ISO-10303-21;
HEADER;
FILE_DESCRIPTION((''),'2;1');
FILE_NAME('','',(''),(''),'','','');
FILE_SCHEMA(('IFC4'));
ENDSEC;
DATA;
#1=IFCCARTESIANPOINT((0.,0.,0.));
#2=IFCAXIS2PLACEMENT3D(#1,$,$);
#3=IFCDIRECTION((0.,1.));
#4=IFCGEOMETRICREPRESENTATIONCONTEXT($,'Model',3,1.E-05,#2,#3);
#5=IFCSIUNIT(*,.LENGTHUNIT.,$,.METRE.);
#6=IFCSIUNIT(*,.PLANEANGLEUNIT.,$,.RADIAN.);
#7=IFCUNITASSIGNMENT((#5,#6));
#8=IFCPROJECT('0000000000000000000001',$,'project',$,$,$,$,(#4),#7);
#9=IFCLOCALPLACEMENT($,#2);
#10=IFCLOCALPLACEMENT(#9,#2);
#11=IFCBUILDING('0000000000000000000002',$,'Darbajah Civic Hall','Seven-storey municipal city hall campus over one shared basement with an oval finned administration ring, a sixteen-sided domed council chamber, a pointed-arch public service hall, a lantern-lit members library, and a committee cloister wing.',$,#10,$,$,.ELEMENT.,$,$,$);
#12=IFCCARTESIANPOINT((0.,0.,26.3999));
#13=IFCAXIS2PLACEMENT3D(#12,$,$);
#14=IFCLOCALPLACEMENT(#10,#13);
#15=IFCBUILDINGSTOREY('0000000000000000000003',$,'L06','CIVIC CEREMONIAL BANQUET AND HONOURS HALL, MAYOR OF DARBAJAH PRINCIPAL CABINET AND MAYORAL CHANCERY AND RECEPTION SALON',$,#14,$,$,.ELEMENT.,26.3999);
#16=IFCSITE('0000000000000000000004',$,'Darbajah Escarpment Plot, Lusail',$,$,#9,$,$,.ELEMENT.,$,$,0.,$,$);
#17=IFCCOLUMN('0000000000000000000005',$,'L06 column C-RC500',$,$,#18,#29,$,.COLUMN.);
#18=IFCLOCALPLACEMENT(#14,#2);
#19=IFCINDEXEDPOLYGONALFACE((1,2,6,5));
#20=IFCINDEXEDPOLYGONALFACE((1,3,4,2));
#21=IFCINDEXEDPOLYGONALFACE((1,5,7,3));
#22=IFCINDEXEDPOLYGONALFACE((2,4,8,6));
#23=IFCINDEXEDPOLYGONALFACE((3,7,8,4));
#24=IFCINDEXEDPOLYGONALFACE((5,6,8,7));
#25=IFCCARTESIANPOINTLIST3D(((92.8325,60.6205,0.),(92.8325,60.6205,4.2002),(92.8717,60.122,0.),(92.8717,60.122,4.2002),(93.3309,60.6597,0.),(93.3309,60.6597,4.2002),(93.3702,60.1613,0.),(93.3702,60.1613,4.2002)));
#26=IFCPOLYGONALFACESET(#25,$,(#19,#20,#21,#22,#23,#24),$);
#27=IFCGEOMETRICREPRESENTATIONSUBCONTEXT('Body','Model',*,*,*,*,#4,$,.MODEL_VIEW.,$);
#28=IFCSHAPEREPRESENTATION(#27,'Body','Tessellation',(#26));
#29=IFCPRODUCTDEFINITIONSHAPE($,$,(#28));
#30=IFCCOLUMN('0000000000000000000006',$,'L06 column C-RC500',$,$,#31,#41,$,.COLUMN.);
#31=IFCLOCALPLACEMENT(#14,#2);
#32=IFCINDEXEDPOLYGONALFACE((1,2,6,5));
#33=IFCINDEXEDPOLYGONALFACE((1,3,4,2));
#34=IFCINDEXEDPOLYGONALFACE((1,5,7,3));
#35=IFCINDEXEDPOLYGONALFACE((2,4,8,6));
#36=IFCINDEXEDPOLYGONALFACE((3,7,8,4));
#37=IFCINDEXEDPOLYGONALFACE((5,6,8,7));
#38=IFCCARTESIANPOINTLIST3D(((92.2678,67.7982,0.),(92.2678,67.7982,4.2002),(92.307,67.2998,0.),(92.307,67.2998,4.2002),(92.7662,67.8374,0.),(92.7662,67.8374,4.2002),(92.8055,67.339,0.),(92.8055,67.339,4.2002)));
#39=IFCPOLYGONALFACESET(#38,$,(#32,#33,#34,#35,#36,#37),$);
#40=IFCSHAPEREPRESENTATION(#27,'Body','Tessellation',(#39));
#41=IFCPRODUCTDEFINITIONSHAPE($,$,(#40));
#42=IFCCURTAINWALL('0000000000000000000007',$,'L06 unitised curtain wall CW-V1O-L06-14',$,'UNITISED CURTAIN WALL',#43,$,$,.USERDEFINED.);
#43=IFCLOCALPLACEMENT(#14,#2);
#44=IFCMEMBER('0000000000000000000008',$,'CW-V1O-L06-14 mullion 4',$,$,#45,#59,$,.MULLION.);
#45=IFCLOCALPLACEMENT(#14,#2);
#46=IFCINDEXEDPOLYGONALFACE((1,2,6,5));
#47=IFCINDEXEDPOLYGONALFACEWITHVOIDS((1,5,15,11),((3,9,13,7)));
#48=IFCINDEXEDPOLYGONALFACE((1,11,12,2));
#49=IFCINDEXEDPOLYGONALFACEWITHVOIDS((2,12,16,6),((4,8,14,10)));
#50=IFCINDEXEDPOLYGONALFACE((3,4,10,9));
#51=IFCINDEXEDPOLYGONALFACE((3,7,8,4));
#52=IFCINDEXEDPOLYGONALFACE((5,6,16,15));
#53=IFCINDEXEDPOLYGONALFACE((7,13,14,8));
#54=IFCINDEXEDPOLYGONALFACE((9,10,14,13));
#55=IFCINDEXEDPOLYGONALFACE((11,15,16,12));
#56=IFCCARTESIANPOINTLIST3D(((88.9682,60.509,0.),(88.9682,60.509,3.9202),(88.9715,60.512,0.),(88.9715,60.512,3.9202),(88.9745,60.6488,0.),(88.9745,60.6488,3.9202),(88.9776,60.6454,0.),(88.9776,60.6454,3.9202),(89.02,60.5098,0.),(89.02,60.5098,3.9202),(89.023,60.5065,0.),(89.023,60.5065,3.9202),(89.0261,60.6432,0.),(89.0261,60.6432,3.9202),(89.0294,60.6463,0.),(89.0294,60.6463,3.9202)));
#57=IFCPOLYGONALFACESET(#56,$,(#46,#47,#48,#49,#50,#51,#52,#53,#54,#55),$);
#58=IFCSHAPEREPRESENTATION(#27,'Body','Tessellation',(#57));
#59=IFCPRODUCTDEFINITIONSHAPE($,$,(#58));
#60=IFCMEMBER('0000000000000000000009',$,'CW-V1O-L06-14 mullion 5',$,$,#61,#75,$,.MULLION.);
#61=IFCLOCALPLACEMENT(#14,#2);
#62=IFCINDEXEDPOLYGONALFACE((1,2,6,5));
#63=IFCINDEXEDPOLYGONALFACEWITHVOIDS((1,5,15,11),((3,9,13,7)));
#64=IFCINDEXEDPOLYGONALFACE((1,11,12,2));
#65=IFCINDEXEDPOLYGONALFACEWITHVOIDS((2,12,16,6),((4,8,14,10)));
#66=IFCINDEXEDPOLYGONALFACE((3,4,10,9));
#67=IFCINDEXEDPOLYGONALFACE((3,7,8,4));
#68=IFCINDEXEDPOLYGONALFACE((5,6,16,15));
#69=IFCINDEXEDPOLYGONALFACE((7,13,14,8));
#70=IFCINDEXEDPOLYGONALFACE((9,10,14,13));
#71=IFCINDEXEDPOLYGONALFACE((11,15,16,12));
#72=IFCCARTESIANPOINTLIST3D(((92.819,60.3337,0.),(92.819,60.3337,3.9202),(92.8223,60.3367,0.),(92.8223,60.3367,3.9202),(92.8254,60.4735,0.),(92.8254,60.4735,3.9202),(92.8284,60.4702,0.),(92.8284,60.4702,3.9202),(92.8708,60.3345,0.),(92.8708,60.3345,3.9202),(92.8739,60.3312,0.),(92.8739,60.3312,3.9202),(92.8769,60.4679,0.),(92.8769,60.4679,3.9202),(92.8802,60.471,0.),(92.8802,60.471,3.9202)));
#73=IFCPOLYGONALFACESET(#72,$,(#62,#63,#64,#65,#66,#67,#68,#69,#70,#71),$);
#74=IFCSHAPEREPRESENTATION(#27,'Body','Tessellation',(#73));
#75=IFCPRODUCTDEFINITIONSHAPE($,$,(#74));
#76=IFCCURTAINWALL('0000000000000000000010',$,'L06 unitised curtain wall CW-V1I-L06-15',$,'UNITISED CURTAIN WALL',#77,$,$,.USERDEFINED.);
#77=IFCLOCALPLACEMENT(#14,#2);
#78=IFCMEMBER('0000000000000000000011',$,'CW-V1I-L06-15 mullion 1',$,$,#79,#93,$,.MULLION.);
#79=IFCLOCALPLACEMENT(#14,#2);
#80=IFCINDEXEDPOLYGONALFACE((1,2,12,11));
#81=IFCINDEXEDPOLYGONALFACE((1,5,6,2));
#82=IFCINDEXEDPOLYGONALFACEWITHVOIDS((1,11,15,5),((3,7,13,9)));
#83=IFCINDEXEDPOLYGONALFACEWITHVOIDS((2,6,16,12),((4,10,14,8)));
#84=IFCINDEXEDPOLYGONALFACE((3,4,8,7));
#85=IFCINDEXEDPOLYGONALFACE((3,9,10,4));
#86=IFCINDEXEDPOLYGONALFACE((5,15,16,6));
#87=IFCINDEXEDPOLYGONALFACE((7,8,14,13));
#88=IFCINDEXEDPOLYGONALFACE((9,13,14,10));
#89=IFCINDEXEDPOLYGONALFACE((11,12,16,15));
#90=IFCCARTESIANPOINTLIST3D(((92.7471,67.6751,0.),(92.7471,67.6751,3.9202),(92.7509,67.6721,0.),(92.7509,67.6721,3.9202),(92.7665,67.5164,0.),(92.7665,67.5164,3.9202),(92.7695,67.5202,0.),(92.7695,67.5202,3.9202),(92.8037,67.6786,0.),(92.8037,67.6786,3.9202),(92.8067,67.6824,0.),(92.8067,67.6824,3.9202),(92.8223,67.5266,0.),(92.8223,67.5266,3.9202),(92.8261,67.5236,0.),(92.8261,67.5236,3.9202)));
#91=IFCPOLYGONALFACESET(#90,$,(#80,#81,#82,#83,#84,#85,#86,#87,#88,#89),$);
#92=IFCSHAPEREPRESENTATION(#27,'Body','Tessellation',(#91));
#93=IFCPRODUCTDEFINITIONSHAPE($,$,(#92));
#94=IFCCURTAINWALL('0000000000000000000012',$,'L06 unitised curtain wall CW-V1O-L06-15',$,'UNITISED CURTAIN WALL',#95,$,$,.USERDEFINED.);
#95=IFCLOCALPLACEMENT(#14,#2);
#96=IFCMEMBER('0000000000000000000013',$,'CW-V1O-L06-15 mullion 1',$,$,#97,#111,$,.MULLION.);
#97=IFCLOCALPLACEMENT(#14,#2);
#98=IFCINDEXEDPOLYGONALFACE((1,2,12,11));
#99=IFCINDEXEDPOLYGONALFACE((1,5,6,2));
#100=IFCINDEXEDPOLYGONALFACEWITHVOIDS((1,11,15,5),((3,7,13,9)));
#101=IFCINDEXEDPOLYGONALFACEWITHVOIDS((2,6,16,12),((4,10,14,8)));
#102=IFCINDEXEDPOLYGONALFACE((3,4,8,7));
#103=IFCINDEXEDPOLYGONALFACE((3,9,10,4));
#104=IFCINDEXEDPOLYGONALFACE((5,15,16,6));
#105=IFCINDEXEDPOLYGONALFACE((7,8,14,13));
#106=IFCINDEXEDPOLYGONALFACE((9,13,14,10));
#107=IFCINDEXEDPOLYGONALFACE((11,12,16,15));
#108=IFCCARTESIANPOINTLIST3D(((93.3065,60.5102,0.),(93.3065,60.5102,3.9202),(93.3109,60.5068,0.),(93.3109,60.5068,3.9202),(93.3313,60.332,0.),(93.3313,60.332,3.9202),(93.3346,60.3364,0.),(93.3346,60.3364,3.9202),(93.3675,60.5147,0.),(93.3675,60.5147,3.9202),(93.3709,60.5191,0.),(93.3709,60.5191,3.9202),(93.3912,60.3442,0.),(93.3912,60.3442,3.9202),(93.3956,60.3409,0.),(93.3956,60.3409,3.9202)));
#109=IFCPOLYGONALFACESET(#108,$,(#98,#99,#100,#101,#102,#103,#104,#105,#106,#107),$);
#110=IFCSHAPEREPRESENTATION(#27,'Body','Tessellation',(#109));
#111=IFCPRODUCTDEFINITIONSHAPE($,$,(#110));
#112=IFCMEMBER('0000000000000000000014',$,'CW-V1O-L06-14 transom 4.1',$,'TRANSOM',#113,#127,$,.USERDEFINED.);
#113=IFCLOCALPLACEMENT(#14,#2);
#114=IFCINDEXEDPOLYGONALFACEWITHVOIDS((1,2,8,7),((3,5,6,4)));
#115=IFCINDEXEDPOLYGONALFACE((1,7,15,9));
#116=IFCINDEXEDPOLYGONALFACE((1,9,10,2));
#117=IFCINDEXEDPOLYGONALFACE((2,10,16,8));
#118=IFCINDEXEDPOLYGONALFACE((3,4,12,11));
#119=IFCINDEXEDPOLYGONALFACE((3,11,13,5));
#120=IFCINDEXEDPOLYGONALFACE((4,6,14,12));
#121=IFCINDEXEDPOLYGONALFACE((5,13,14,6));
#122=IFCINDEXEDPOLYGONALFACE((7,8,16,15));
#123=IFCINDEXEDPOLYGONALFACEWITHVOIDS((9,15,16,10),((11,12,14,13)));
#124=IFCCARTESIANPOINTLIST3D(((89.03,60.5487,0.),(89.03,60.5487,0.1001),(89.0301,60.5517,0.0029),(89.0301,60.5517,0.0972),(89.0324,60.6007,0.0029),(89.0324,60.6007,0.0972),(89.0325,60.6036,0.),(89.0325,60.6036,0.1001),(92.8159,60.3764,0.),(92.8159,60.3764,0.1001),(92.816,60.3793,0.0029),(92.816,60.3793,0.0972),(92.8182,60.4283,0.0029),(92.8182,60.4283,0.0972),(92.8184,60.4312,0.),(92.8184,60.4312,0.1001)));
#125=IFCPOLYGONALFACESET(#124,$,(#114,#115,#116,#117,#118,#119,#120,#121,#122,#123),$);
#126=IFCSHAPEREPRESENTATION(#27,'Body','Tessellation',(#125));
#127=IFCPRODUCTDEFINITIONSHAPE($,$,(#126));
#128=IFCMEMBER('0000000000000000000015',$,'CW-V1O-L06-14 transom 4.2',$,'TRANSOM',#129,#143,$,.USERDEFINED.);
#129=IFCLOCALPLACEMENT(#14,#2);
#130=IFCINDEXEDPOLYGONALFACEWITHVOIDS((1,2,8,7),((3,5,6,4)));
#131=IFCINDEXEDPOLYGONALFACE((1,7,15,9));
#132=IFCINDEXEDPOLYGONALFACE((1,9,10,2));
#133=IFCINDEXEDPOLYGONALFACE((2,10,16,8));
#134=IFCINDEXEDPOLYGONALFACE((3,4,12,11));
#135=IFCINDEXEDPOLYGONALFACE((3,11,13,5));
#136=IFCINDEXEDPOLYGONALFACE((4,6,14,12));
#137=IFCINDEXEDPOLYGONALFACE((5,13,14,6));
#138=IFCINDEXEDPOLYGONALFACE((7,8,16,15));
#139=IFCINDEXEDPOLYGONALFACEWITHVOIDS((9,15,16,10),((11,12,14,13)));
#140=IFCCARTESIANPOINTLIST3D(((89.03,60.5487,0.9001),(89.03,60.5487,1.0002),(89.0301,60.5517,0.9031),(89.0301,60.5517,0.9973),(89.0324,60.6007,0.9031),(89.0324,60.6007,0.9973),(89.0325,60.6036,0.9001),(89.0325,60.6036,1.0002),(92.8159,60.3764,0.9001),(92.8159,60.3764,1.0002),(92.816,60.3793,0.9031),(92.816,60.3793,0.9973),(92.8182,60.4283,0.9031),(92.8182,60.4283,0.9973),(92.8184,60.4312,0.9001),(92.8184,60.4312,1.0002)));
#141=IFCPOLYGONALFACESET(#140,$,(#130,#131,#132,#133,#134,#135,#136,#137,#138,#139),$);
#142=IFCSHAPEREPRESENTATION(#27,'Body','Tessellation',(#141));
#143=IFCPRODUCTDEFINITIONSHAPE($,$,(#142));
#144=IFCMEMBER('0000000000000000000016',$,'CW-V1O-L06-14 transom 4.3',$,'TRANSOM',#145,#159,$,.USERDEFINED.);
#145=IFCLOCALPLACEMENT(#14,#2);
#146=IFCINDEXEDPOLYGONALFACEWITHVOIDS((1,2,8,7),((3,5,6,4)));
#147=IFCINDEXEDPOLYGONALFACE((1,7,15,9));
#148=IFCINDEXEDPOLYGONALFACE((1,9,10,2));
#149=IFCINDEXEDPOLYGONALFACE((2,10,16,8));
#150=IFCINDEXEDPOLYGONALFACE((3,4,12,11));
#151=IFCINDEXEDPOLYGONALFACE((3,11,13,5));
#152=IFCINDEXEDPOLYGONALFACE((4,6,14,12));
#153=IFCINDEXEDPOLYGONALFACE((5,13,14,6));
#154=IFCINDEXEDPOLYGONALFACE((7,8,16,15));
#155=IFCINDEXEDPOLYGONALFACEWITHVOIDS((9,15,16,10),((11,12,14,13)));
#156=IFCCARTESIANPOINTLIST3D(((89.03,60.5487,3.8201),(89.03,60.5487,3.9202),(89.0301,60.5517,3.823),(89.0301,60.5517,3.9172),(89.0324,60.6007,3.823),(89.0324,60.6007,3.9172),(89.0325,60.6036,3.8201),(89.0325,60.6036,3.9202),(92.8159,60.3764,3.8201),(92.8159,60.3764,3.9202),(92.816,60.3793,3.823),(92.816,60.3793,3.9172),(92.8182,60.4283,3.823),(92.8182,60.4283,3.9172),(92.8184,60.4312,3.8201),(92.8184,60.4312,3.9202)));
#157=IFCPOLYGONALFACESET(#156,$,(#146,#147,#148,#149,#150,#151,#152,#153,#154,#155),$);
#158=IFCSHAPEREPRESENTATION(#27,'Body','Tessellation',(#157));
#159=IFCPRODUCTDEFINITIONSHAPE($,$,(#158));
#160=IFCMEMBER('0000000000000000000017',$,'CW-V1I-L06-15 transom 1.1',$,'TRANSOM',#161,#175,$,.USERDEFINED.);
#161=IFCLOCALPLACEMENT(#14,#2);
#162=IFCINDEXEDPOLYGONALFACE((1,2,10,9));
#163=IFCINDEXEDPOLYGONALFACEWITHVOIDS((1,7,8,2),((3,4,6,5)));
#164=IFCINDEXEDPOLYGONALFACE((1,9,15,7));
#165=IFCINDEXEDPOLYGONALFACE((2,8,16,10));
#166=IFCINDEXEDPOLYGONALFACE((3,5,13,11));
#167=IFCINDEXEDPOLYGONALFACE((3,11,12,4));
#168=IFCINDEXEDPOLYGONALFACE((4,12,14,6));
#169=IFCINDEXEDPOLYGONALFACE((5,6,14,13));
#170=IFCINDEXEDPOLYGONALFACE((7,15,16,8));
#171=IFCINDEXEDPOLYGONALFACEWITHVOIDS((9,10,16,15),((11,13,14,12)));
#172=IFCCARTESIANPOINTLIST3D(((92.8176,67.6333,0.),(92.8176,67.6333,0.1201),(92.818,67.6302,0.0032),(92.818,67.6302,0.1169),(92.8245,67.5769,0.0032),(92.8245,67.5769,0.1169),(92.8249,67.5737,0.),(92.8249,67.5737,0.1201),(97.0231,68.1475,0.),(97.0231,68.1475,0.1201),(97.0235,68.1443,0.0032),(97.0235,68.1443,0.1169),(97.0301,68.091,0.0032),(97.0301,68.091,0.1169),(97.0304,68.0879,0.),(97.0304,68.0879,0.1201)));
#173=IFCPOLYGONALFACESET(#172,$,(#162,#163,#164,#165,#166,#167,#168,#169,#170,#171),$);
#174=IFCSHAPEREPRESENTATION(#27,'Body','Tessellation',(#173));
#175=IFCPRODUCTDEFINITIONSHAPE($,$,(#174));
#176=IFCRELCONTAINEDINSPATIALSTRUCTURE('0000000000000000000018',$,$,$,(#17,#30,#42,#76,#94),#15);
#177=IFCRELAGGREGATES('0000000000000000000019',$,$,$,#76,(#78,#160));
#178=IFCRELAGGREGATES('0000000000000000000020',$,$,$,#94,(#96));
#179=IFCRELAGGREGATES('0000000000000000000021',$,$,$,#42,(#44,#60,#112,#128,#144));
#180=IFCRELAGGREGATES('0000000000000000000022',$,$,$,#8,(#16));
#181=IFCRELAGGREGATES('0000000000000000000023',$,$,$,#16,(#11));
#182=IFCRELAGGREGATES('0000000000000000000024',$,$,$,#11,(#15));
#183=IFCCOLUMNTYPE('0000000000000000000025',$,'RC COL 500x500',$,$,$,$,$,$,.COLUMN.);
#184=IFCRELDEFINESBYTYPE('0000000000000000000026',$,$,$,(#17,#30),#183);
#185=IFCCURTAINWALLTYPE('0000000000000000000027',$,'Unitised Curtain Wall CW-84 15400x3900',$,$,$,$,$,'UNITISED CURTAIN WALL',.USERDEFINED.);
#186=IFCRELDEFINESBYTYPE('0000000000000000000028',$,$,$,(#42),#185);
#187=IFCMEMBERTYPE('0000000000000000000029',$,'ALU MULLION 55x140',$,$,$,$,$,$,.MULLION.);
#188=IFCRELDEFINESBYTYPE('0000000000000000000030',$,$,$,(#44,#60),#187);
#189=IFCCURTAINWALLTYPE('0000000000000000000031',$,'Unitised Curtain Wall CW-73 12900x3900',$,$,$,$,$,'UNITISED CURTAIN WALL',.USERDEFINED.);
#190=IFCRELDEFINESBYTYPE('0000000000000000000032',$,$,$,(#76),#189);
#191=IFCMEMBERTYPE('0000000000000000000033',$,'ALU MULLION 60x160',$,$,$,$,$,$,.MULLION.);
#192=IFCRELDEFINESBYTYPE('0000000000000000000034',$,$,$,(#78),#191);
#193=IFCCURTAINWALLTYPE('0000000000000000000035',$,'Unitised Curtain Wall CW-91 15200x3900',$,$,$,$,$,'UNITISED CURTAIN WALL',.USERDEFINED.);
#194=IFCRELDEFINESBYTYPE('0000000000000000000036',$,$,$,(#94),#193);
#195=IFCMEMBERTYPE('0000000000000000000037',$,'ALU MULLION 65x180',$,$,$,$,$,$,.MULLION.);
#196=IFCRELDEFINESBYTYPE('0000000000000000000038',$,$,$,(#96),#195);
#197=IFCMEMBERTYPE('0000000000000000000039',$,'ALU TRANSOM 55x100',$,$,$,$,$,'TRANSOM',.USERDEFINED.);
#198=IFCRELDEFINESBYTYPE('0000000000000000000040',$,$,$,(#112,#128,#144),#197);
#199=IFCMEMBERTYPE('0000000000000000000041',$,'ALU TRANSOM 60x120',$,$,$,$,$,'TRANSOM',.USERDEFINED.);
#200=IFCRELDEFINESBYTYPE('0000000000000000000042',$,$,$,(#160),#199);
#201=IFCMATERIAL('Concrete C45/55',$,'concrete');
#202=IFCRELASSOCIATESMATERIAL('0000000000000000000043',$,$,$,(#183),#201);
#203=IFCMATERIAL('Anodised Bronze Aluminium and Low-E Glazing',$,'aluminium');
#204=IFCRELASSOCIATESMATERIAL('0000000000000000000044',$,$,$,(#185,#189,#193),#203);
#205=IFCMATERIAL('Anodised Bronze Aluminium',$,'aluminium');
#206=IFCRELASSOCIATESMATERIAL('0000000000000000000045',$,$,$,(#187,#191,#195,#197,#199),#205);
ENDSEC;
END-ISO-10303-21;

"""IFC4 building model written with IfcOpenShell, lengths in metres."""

from ifc_helpers import new_model, si_unit, direction, frame, origin, origin_2d, place, context, subcontext, project, spatial, rectangle, hollow_rectangle, extrude, material, material_profile, profile_set, type_object, element, aggregate, save


model = new_model("IFC4")

# Units and contexts
model_context = context("Model", 3, precision=1e-05, world=origin(), true_north=direction((0.0, 1.0)))
body_context = subcontext(model_context, "Body", "Model", "MODEL_VIEW")
ifc_project = project(units=[si_unit("LENGTHUNIT", "METRE"), si_unit("PLANEANGLEUNIT", "RADIAN")], contexts=[model_context])

# Site, building, storey
site_placement = place(None, origin())
site = spatial("IfcSite", under=ifc_project, at=site_placement, Name="Darbajah Escarpment Plot, Lusail", CompositionType="ELEMENT", RefElevation=0.0)
building_placement = place(site_placement, origin())
building = spatial("IfcBuilding", under=site, at=building_placement, Name="Darbajah Civic Hall", Description="Seven-storey municipal city hall campus over one shared basement with an oval finned administration ring, a sixteen-sided domed council chamber, a pointed-arch public service hall, a lantern-lit members library, and a committee cloister wing.", CompositionType="ELEMENT")
storey_placement = place(building_placement, frame((0.0, 0.0, 26.3999)))
storey = spatial("IfcBuildingStorey", under=building, at=storey_placement, Name="L06", Description="CIVIC CEREMONIAL BANQUET AND HONOURS HALL, MAYOR OF DARBAJAH PRINCIPAL CABINET AND MAYORAL CHANCERY AND RECEPTION SALON", CompositionType="ELEMENT", Elevation=26.3999)

# Columns
ifc_material_1 = material(Name="Concrete C45/55", Category="concrete")
ifc_material_profile_1 = material_profile(ifc_material_1, rectangle(XDim=0.5, YDim=0.5, at=origin_2d()), Name="RC COL 500x500")
ifc_profile_set_1 = profile_set([ifc_material_profile_1], Name="Concrete C45/55")
column_type = type_object("IfcColumnType", Name="RC COL 500x500", PredefinedType="COLUMN", material=ifc_profile_set_1)
for number, where, z_axis, x_axis, name in (
    (1, (93.1013, 60.3909, 0.0), (0.0, 0.0, 1.0), (0.078459, -0.996917, 0.0), "L06 column C-RC500"),
    (2, (92.5366, 67.5686, 0.0), (0.0, 0.0, 1.0), (0.078459, -0.996917, 0.0), "L06 column C-RC500"),
):
    element("IfcColumn", number, at=place(storey_placement, frame(where, z_axis=z_axis, x_axis=x_axis)), inside=storey, type_object=column_type, Name=name, PredefinedType="COLUMN", context=body_context, shape_type="SweptSolid", body=[
        extrude(rectangle(XDim=0.5, YDim=0.5, at=origin_2d()), origin(), (0.0, 0.0, 1.0), 4.2002),
    ])

# Curtain wall, members
ifc_material_2 = material(Name="Anodised Bronze Aluminium and Low-E Glazing", Category="aluminium")
curtain_wall_type_1 = type_object("IfcCurtainWallType", Name="Unitised Curtain Wall CW-84 15400x3900", ElementType="UNITISED CURTAIN WALL", PredefinedType="USERDEFINED", material=ifc_material_2)
curtain_wall_1_placement = place(storey_placement, origin())
curtain_wall_1 = element("IfcCurtainWall", 3, at=curtain_wall_1_placement, inside=storey, type_object=curtain_wall_type_1, Name="L06 unitised curtain wall CW-V1O-L06-14", ObjectType="UNITISED CURTAIN WALL", PredefinedType="USERDEFINED")
ifc_material_3 = material(Name="Anodised Bronze Aluminium", Category="aluminium")
ifc_material_profile_2 = material_profile(ifc_material_3, hollow_rectangle(XDim=0.0549, YDim=0.1399, WallThickness=0.0032, at=origin_2d()), Name="ALU MULLION 55x140")
ifc_profile_set_2 = profile_set([ifc_material_profile_2], Name="Anodised Bronze Aluminium")
member_type_1 = type_object("IfcMemberType", Name="ALU MULLION 55x140", PredefinedType="MULLION", material=ifc_profile_set_2)
member_1_placement = place(storey_placement, frame((88.9988, 60.5776, 0.0), z_axis=(0.0, 0.0, 1.0), x_axis=(0.998963, -0.045537, 0.0)))
member_1 = element("IfcMember", 4, at=member_1_placement, type_object=member_type_1, Name="CW-V1O-L06-14 mullion 4", PredefinedType="MULLION", context=body_context, shape_type="SweptSolid", body=[
    extrude(hollow_rectangle(XDim=0.0549, YDim=0.1399, WallThickness=0.0032, at=origin_2d()), origin(), (0.0, 0.0, 1.0), 3.9202),
])
member_2_placement = place(storey_placement, frame((92.8496, 60.4023, 0.0), z_axis=(0.0, 0.0, 1.0), x_axis=(0.998963, -0.045537, 0.0)))
member_2 = element("IfcMember", 5, at=member_2_placement, type_object=member_type_1, Name="CW-V1O-L06-14 mullion 5", PredefinedType="MULLION", context=body_context, shape_type="SweptSolid", body=[
    extrude(hollow_rectangle(XDim=0.0549, YDim=0.1399, WallThickness=0.0032, at=origin_2d()), origin(), (0.0, 0.0, 1.0), 3.9202),
])

# Curtain walls, members
curtain_wall_type_2 = type_object("IfcCurtainWallType", Name="Unitised Curtain Wall CW-73 12900x3900", ElementType="UNITISED CURTAIN WALL", PredefinedType="USERDEFINED", material=ifc_material_2)
curtain_wall_2_placement = place(storey_placement, origin())
curtain_wall_2 = element("IfcCurtainWall", 6, at=curtain_wall_2_placement, inside=storey, type_object=curtain_wall_type_2, Name="L06 unitised curtain wall CW-V1I-L06-15", ObjectType="UNITISED CURTAIN WALL", PredefinedType="USERDEFINED")
ifc_material_profile_3 = material_profile(ifc_material_3, hollow_rectangle(XDim=0.0601, YDim=0.1599, WallThickness=0.0034, at=origin_2d()), Name="ALU MULLION 60x160")
ifc_profile_set_3 = profile_set([ifc_material_profile_3], Name="Anodised Bronze Aluminium")
member_type_2 = type_object("IfcMemberType", Name="ALU MULLION 60x160", PredefinedType="MULLION", material=ifc_profile_set_3)
member_3_placement = place(storey_placement, frame((92.7866, 67.5994, 0.0), z_axis=(0.0, 0.0, 1.0), x_axis=(0.99261, 0.12135, 0.0)))
member_3 = element("IfcMember", 7, at=member_3_placement, type_object=member_type_2, Name="CW-V1I-L06-15 mullion 1", PredefinedType="MULLION", context=body_context, shape_type="SweptSolid", body=[
    extrude(hollow_rectangle(XDim=0.0601, YDim=0.1599, WallThickness=0.0034, at=origin_2d()), origin(), (0.0, 0.0, 1.0), 3.9202),
])
curtain_wall_type_3 = type_object("IfcCurtainWallType", Name="Unitised Curtain Wall CW-91 15200x3900", ElementType="UNITISED CURTAIN WALL", PredefinedType="USERDEFINED", material=ifc_material_2)
curtain_wall_3_placement = place(storey_placement, origin())
curtain_wall_3 = element("IfcCurtainWall", 8, at=curtain_wall_3_placement, inside=storey, type_object=curtain_wall_type_3, Name="L06 unitised curtain wall CW-V1O-L06-15", ObjectType="UNITISED CURTAIN WALL", PredefinedType="USERDEFINED")
ifc_material_profile_4 = material_profile(ifc_material_3, hollow_rectangle(XDim=0.0649, YDim=0.1799, WallThickness=0.0039, at=origin_2d()), Name="ALU MULLION 65x180")
ifc_profile_set_4 = profile_set([ifc_material_profile_4], Name="Anodised Bronze Aluminium")
member_type_3 = type_object("IfcMemberType", Name="ALU MULLION 65x180", PredefinedType="MULLION", material=ifc_profile_set_4)
member_4_placement = place(storey_placement, frame((93.3511, 60.4255, 0.0), z_axis=(0.0, 0.0, 1.0), x_axis=(0.990485, 0.137617, 0.0)))
member_4 = element("IfcMember", 9, at=member_4_placement, type_object=member_type_3, Name="CW-V1O-L06-15 mullion 1", PredefinedType="MULLION", context=body_context, shape_type="SweptSolid", body=[
    extrude(hollow_rectangle(XDim=0.0649, YDim=0.1799, WallThickness=0.0039, at=origin_2d()), origin(), (0.0, 0.0, 1.0), 3.9202),
])

# Members
ifc_material_profile_5 = material_profile(ifc_material_3, hollow_rectangle(XDim=0.0549, YDim=0.1001, WallThickness=0.0029, at=origin_2d()), Name="ALU TRANSOM 55x100")
ifc_profile_set_5 = profile_set([ifc_material_profile_5], Name="Anodised Bronze Aluminium")
member_type_4 = type_object("IfcMemberType", Name="ALU TRANSOM 55x100", ElementType="TRANSOM", PredefinedType="USERDEFINED", material=ifc_profile_set_5)
member_5_placement = place(storey_placement, frame((89.0312, 60.5762, 0.05), z_axis=(0.998965, -0.045481, 0.0), x_axis=(0.045481, 0.998965, 0.0)))
member_5 = element("IfcMember", 10, at=member_5_placement, type_object=member_type_4, Name="CW-V1O-L06-14 transom 4.1", ObjectType="TRANSOM", PredefinedType="USERDEFINED", context=body_context, shape_type="SweptSolid", body=[
    extrude(hollow_rectangle(XDim=0.0549, YDim=0.1001, WallThickness=0.0029, at=origin_2d()), origin(), (0.0, 0.0, 1.0), 3.7898),
])
member_6_placement = place(storey_placement, frame((89.0312, 60.5762, 0.9502), z_axis=(0.998965, -0.045481, 0.0), x_axis=(0.045481, 0.998965, 0.0)))
member_6 = element("IfcMember", 11, at=member_6_placement, type_object=member_type_4, Name="CW-V1O-L06-14 transom 4.2", ObjectType="TRANSOM", PredefinedType="USERDEFINED", context=body_context, shape_type="SweptSolid", body=[
    extrude(hollow_rectangle(XDim=0.0549, YDim=0.1001, WallThickness=0.0029, at=origin_2d()), origin(), (0.0, 0.0, 1.0), 3.7898),
])
member_7_placement = place(storey_placement, frame((89.0312, 60.5762, 3.8701), z_axis=(0.998965, -0.045481, 0.0), x_axis=(0.045481, 0.998965, 0.0)))
member_7 = element("IfcMember", 12, at=member_7_placement, type_object=member_type_4, Name="CW-V1O-L06-14 transom 4.3", ObjectType="TRANSOM", PredefinedType="USERDEFINED", context=body_context, shape_type="SweptSolid", body=[
    extrude(hollow_rectangle(XDim=0.0549, YDim=0.1001, WallThickness=0.0029, at=origin_2d()), origin(), (0.0, 0.0, 1.0), 3.7898),
])
ifc_material_profile_6 = material_profile(ifc_material_3, hollow_rectangle(XDim=0.0601, YDim=0.1201, WallThickness=0.0032, at=origin_2d()), Name="ALU TRANSOM 60x120")
ifc_profile_set_6 = profile_set([ifc_material_profile_6], Name="Anodised Bronze Aluminium")
member_type_5 = type_object("IfcMemberType", Name="ALU TRANSOM 60x120", ElementType="TRANSOM", PredefinedType="USERDEFINED", material=ifc_profile_set_6)
member_8_placement = place(storey_placement, frame((92.8213, 67.6035, 0.0601), z_axis=(0.992609, 0.121353, 0.0), x_axis=(-0.121353, 0.992609, 0.0)))
member_8 = element("IfcMember", 13, at=member_8_placement, type_object=member_type_5, Name="CW-V1I-L06-15 transom 1.1", ObjectType="TRANSOM", PredefinedType="USERDEFINED", context=body_context, shape_type="SweptSolid", body=[
    extrude(hollow_rectangle(XDim=0.0601, YDim=0.1201, WallThickness=0.0032, at=origin_2d()), origin(), (0.0, 0.0, 1.0), 4.2368),
])
aggregate(curtain_wall_2, [member_3, member_8])
aggregate(curtain_wall_3, [member_4])

aggregate(curtain_wall_1, [member_1, member_2, member_5, member_6, member_7])

save(model, "model.ifc")
